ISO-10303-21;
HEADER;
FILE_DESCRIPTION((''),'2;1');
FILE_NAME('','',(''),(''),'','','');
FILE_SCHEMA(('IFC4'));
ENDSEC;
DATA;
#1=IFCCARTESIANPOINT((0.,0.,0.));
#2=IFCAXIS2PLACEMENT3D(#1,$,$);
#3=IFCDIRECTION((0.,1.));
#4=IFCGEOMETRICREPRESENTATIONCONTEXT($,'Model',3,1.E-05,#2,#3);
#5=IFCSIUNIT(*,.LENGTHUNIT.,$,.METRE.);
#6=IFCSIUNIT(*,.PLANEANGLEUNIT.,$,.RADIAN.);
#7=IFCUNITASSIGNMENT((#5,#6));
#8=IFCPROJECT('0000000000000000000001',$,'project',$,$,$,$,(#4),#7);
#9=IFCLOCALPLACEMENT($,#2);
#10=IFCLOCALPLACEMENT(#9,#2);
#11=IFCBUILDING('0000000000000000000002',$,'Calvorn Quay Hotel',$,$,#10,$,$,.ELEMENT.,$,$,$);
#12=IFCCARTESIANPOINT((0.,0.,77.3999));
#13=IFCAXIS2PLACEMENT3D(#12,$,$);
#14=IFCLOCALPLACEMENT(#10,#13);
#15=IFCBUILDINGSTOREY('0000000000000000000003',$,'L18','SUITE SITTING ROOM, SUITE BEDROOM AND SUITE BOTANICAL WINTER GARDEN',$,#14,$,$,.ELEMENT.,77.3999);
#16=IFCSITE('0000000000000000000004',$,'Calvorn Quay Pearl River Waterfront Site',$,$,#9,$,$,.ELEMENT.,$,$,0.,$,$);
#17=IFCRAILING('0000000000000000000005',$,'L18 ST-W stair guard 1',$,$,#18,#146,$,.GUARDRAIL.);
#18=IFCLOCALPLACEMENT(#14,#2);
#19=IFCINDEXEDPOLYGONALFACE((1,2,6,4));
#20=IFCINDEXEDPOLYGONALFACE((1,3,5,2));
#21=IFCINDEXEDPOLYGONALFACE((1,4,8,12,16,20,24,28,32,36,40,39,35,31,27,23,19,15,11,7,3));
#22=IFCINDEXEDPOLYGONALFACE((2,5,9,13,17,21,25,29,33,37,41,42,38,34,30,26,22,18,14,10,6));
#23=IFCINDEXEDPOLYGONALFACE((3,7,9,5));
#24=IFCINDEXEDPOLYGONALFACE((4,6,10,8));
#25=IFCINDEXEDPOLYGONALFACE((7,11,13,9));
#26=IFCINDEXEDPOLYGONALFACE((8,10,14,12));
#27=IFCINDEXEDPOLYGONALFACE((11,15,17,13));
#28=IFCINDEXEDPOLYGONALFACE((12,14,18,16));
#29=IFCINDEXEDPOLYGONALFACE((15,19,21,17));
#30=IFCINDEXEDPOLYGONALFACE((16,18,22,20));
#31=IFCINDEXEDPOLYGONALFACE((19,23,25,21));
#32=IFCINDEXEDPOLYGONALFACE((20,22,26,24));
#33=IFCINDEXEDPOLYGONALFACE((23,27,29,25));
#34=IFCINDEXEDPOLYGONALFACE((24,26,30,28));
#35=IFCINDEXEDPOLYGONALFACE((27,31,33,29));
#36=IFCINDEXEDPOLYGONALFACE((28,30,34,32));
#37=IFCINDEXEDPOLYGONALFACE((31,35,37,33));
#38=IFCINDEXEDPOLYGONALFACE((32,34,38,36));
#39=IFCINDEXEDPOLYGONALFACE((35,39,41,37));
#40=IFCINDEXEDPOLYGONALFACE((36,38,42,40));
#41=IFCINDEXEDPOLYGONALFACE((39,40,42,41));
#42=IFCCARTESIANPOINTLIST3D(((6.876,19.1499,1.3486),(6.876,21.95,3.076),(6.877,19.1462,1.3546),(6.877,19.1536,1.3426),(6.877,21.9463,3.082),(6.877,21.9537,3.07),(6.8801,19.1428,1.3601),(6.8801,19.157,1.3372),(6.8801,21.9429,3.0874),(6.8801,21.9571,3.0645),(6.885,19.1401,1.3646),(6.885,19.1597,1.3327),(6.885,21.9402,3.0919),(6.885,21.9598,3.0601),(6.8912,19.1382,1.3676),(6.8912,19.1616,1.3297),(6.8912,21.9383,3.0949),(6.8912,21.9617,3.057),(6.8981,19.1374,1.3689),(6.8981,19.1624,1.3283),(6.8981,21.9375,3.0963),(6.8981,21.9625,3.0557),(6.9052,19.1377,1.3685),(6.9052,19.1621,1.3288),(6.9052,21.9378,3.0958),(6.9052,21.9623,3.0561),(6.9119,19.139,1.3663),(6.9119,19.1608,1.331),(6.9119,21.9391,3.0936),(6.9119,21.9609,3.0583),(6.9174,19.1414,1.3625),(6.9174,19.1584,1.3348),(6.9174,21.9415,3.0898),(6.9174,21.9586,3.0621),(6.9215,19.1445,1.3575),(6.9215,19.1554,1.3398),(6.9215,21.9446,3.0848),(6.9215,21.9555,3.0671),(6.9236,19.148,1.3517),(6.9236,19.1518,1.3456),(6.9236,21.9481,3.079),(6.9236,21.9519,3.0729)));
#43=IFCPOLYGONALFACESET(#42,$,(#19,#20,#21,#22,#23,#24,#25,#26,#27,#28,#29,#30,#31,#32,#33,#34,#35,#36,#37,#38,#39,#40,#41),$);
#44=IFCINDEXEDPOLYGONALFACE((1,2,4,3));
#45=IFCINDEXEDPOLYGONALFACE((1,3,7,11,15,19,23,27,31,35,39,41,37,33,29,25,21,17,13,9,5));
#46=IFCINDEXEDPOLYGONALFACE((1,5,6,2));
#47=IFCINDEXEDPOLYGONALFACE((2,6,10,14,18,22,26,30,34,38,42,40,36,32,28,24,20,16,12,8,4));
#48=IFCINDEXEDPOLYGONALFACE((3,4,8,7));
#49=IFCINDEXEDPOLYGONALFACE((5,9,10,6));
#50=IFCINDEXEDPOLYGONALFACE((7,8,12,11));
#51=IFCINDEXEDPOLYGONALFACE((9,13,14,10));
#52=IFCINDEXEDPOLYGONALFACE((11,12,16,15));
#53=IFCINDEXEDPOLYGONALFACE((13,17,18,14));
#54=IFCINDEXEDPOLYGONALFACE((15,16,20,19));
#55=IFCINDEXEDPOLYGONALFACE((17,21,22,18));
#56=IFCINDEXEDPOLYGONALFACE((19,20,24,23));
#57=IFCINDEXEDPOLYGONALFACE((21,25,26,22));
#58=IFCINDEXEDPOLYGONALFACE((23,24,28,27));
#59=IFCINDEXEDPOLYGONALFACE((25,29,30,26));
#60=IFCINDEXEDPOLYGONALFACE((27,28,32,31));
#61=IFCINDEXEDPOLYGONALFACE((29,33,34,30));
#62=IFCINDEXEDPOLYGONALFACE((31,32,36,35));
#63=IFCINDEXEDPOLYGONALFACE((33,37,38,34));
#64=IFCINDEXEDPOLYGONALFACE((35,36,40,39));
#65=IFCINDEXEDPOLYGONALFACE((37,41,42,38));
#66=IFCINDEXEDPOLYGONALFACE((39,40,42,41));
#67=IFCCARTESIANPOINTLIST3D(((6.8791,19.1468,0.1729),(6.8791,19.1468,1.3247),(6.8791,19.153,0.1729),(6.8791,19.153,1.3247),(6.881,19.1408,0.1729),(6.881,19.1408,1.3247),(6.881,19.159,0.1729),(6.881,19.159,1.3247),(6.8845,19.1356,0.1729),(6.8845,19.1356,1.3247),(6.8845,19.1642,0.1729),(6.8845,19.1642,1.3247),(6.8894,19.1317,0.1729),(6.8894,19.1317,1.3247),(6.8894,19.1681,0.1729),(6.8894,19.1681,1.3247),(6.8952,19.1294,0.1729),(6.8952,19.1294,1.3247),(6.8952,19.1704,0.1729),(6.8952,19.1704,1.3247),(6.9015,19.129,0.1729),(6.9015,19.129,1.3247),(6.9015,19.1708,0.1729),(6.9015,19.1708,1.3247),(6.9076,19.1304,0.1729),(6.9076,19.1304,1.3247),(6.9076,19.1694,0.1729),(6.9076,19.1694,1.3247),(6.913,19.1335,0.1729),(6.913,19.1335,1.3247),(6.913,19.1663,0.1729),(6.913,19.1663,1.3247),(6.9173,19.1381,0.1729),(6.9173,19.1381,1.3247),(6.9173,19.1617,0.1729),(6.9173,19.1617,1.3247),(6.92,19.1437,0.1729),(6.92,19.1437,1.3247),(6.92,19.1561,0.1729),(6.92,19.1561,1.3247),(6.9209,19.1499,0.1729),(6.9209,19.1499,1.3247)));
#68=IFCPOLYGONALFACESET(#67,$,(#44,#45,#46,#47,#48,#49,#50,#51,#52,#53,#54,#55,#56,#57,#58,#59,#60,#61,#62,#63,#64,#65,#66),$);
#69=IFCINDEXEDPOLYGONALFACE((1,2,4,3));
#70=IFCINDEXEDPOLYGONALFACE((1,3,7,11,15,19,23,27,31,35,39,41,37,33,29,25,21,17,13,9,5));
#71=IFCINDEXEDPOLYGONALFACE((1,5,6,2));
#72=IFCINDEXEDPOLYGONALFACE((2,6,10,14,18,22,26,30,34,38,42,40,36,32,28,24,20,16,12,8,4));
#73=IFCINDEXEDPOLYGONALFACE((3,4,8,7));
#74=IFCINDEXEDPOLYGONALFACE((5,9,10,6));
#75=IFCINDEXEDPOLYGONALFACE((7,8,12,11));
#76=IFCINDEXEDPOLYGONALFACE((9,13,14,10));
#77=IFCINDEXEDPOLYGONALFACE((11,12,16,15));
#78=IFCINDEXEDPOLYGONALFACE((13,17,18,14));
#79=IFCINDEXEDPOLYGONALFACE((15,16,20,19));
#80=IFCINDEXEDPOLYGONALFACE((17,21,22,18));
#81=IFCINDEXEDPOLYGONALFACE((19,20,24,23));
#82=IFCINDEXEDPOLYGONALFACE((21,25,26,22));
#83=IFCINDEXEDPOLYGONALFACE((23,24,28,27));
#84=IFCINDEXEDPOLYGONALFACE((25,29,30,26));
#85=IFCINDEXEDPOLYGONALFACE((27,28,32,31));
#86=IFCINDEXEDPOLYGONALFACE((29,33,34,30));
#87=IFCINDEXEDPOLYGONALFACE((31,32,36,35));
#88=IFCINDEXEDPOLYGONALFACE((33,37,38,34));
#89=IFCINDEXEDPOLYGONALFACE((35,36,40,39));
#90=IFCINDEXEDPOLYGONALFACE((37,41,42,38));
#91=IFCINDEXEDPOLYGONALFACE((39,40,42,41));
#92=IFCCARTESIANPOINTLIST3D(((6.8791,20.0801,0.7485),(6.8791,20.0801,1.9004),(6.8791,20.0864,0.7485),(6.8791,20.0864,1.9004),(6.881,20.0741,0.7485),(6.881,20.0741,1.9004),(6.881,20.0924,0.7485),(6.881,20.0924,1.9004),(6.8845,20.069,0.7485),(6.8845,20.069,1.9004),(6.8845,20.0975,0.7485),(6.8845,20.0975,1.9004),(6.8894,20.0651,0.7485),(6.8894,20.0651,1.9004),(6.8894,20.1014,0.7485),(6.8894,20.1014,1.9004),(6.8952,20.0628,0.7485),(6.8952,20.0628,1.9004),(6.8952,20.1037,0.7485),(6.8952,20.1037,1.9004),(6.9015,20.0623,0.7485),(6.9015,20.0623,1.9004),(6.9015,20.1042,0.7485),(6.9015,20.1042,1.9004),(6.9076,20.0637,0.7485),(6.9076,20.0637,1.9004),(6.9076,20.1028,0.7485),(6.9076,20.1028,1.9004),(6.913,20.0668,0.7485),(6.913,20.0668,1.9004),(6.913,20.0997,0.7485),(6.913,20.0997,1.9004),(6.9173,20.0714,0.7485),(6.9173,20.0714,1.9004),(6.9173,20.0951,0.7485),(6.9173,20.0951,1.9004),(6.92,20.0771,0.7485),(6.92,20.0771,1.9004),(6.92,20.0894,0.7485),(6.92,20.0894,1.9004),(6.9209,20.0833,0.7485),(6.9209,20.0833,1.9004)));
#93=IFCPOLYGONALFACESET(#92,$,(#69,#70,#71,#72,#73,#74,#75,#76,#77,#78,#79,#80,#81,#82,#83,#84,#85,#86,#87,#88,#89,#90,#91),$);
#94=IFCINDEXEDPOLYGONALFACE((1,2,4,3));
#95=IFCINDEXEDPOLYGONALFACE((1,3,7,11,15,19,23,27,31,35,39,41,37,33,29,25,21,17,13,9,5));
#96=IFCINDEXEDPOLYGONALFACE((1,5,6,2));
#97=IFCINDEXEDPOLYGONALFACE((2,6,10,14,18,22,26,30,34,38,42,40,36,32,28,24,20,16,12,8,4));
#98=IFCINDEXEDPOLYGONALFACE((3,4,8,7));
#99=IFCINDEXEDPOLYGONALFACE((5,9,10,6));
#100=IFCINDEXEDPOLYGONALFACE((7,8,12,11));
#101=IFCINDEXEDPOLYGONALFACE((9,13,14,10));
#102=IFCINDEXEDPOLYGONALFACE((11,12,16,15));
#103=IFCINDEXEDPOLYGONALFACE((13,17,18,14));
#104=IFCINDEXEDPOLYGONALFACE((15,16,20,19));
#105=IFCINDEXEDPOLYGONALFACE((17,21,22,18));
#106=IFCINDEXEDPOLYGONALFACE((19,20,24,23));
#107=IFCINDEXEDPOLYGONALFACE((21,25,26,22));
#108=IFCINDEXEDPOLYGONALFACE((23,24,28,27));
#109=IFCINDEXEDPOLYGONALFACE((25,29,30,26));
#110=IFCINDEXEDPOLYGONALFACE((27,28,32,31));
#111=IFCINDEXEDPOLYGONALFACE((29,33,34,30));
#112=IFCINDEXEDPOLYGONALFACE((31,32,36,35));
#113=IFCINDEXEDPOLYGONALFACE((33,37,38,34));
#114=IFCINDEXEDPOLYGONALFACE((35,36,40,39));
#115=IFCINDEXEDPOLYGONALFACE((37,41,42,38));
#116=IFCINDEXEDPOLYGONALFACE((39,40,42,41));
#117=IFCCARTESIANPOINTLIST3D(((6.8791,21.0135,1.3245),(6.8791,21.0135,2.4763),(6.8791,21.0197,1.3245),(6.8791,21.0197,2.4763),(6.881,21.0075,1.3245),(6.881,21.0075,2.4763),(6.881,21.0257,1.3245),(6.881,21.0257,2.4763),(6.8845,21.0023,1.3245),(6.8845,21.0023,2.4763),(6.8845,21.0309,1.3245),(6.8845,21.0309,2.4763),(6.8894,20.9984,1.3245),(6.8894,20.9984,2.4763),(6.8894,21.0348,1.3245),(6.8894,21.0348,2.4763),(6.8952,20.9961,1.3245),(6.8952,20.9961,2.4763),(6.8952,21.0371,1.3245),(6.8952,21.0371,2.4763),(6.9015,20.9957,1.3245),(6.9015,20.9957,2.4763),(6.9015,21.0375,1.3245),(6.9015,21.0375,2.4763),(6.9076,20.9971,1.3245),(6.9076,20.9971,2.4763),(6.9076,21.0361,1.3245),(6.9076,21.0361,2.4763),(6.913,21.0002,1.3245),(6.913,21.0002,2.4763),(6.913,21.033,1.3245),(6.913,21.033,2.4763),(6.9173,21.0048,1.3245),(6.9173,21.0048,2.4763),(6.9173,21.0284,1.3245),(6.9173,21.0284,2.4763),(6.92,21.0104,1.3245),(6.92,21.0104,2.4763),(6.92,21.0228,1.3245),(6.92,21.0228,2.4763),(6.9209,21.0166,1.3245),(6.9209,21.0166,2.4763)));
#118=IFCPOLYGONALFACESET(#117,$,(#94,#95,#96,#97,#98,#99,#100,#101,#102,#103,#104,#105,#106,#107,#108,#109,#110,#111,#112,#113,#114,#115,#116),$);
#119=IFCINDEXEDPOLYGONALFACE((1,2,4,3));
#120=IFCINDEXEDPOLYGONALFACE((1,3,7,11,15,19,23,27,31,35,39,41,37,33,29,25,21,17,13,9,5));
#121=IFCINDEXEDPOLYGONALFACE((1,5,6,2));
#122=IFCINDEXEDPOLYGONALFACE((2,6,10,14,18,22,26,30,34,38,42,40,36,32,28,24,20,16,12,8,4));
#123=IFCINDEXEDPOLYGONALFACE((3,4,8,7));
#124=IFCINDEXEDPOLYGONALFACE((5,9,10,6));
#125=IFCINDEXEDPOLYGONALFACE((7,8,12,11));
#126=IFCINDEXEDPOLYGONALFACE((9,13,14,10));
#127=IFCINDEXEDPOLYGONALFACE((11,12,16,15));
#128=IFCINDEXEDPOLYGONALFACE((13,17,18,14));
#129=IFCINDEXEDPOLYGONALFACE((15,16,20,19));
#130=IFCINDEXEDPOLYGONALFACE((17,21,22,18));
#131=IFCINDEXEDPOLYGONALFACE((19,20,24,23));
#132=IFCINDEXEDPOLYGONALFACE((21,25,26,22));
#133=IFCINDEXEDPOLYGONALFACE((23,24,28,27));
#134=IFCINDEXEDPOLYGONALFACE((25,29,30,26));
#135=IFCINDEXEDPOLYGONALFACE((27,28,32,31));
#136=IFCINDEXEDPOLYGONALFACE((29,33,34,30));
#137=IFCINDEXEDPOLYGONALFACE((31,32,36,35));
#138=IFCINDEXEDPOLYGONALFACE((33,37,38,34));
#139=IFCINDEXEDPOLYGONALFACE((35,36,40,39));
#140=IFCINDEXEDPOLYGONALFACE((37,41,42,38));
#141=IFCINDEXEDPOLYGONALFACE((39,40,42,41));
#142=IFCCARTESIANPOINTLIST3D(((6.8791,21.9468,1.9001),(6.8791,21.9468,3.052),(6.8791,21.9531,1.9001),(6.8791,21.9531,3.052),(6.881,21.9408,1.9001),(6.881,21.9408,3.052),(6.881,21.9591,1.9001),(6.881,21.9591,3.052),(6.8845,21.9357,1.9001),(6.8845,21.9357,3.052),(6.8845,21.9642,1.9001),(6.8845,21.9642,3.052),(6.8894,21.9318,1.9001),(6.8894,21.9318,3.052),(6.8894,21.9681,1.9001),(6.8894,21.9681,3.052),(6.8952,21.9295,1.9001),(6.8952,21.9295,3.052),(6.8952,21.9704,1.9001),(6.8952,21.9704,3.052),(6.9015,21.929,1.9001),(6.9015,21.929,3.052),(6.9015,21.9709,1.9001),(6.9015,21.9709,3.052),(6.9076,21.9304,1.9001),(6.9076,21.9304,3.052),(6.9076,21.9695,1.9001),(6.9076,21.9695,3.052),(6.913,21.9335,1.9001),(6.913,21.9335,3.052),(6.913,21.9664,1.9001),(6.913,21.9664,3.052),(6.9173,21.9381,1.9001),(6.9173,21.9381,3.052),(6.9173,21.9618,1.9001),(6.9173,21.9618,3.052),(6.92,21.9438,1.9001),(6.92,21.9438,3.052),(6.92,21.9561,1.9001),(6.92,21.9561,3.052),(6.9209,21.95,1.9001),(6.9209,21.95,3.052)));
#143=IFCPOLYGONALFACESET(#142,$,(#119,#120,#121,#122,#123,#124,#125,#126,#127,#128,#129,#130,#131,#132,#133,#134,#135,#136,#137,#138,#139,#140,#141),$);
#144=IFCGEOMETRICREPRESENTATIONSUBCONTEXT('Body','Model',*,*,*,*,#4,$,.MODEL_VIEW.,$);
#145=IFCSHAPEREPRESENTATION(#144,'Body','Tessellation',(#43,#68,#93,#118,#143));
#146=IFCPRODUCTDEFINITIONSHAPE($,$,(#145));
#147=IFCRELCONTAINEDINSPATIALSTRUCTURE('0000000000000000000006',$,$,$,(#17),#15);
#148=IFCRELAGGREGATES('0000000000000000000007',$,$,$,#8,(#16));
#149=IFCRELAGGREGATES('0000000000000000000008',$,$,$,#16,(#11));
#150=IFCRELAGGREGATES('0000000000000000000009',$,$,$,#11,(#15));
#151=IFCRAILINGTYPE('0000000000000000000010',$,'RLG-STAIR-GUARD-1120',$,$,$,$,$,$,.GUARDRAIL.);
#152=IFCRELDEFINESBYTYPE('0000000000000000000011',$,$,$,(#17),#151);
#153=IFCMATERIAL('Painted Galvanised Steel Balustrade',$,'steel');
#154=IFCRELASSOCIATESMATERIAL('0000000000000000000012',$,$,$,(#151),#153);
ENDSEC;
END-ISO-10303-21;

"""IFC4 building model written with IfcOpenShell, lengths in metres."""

from ifc_helpers import new_model, si_unit, direction, frame, origin, origin_2d, place, context, subcontext, project, spatial, circle, extrude, material, type_object, element, save


model = new_model("IFC4")

# Units and contexts
model_context = context("Model", 3, precision=1e-05, world=origin(), true_north=direction((0.0, 1.0)))
body_context = subcontext(model_context, "Body", "Model", "MODEL_VIEW")
ifc_project = project(units=[si_unit("LENGTHUNIT", "METRE"), si_unit("PLANEANGLEUNIT", "RADIAN")], contexts=[model_context])

# Site, building, storey
site_placement = place(None, origin())
site = spatial("IfcSite", under=ifc_project, at=site_placement, Name="Calvorn Quay Pearl River Waterfront Site", CompositionType="ELEMENT", RefElevation=0.0)
building_placement = place(site_placement, origin())
building = spatial("IfcBuilding", under=site, at=building_placement, Name="Calvorn Quay Hotel", CompositionType="ELEMENT")
storey_placement = place(building_placement, frame((0.0, 0.0, 77.3999)))
storey = spatial("IfcBuildingStorey", under=building, at=storey_placement, Name="L18", Description="SUITE SITTING ROOM, SUITE BEDROOM AND SUITE BOTANICAL WINTER GARDEN", CompositionType="ELEMENT", Elevation=77.3999)

# Railing
ifc_material_1 = material(Name="Painted Galvanised Steel Balustrade", Category="steel")
railing_type_1 = type_object("IfcRailingType", Name="RLG-STAIR-GUARD-1120", PredefinedType="GUARDRAIL", material=ifc_material_1)
railing_1_placement = place(storey_placement, frame((6.8999, 19.1499, 0.1729)))
element("IfcRailing", 1, at=railing_1_placement, inside=storey, type_object=railing_type_1, Name="L18 ST-W stair guard 1", PredefinedType="GUARDRAIL", context=body_context, shape_type="SweptSolid", body=[
    extrude(circle(Radius=0.0239, at=origin_2d()), frame((0.0, 0.0, 1.1758), z_axis=(0.0, 0.85109, 0.52502), x_axis=(-1.0, 0.0, 0.0)), (0.0, 0.0, 1.0), 3.29),
    extrude(circle(Radius=0.021, at=origin_2d()), origin(), (0.0, 0.0, 1.0), 1.1519),
    extrude(circle(Radius=0.021, at=origin_2d()), frame((0.0, 0.9333, 0.5757)), (0.0, 0.0, 1.0), 1.1519),
    extrude(circle(Radius=0.021, at=origin_2d()), frame((0.0, 1.8667, 1.1516)), (0.0, 0.0, 1.0), 1.1519),
    extrude(circle(Radius=0.021, at=origin_2d()), frame((0.0, 2.8, 1.7273)), (0.0, 0.0, 1.0), 1.1519),
])

save(model, "model.ifc")
